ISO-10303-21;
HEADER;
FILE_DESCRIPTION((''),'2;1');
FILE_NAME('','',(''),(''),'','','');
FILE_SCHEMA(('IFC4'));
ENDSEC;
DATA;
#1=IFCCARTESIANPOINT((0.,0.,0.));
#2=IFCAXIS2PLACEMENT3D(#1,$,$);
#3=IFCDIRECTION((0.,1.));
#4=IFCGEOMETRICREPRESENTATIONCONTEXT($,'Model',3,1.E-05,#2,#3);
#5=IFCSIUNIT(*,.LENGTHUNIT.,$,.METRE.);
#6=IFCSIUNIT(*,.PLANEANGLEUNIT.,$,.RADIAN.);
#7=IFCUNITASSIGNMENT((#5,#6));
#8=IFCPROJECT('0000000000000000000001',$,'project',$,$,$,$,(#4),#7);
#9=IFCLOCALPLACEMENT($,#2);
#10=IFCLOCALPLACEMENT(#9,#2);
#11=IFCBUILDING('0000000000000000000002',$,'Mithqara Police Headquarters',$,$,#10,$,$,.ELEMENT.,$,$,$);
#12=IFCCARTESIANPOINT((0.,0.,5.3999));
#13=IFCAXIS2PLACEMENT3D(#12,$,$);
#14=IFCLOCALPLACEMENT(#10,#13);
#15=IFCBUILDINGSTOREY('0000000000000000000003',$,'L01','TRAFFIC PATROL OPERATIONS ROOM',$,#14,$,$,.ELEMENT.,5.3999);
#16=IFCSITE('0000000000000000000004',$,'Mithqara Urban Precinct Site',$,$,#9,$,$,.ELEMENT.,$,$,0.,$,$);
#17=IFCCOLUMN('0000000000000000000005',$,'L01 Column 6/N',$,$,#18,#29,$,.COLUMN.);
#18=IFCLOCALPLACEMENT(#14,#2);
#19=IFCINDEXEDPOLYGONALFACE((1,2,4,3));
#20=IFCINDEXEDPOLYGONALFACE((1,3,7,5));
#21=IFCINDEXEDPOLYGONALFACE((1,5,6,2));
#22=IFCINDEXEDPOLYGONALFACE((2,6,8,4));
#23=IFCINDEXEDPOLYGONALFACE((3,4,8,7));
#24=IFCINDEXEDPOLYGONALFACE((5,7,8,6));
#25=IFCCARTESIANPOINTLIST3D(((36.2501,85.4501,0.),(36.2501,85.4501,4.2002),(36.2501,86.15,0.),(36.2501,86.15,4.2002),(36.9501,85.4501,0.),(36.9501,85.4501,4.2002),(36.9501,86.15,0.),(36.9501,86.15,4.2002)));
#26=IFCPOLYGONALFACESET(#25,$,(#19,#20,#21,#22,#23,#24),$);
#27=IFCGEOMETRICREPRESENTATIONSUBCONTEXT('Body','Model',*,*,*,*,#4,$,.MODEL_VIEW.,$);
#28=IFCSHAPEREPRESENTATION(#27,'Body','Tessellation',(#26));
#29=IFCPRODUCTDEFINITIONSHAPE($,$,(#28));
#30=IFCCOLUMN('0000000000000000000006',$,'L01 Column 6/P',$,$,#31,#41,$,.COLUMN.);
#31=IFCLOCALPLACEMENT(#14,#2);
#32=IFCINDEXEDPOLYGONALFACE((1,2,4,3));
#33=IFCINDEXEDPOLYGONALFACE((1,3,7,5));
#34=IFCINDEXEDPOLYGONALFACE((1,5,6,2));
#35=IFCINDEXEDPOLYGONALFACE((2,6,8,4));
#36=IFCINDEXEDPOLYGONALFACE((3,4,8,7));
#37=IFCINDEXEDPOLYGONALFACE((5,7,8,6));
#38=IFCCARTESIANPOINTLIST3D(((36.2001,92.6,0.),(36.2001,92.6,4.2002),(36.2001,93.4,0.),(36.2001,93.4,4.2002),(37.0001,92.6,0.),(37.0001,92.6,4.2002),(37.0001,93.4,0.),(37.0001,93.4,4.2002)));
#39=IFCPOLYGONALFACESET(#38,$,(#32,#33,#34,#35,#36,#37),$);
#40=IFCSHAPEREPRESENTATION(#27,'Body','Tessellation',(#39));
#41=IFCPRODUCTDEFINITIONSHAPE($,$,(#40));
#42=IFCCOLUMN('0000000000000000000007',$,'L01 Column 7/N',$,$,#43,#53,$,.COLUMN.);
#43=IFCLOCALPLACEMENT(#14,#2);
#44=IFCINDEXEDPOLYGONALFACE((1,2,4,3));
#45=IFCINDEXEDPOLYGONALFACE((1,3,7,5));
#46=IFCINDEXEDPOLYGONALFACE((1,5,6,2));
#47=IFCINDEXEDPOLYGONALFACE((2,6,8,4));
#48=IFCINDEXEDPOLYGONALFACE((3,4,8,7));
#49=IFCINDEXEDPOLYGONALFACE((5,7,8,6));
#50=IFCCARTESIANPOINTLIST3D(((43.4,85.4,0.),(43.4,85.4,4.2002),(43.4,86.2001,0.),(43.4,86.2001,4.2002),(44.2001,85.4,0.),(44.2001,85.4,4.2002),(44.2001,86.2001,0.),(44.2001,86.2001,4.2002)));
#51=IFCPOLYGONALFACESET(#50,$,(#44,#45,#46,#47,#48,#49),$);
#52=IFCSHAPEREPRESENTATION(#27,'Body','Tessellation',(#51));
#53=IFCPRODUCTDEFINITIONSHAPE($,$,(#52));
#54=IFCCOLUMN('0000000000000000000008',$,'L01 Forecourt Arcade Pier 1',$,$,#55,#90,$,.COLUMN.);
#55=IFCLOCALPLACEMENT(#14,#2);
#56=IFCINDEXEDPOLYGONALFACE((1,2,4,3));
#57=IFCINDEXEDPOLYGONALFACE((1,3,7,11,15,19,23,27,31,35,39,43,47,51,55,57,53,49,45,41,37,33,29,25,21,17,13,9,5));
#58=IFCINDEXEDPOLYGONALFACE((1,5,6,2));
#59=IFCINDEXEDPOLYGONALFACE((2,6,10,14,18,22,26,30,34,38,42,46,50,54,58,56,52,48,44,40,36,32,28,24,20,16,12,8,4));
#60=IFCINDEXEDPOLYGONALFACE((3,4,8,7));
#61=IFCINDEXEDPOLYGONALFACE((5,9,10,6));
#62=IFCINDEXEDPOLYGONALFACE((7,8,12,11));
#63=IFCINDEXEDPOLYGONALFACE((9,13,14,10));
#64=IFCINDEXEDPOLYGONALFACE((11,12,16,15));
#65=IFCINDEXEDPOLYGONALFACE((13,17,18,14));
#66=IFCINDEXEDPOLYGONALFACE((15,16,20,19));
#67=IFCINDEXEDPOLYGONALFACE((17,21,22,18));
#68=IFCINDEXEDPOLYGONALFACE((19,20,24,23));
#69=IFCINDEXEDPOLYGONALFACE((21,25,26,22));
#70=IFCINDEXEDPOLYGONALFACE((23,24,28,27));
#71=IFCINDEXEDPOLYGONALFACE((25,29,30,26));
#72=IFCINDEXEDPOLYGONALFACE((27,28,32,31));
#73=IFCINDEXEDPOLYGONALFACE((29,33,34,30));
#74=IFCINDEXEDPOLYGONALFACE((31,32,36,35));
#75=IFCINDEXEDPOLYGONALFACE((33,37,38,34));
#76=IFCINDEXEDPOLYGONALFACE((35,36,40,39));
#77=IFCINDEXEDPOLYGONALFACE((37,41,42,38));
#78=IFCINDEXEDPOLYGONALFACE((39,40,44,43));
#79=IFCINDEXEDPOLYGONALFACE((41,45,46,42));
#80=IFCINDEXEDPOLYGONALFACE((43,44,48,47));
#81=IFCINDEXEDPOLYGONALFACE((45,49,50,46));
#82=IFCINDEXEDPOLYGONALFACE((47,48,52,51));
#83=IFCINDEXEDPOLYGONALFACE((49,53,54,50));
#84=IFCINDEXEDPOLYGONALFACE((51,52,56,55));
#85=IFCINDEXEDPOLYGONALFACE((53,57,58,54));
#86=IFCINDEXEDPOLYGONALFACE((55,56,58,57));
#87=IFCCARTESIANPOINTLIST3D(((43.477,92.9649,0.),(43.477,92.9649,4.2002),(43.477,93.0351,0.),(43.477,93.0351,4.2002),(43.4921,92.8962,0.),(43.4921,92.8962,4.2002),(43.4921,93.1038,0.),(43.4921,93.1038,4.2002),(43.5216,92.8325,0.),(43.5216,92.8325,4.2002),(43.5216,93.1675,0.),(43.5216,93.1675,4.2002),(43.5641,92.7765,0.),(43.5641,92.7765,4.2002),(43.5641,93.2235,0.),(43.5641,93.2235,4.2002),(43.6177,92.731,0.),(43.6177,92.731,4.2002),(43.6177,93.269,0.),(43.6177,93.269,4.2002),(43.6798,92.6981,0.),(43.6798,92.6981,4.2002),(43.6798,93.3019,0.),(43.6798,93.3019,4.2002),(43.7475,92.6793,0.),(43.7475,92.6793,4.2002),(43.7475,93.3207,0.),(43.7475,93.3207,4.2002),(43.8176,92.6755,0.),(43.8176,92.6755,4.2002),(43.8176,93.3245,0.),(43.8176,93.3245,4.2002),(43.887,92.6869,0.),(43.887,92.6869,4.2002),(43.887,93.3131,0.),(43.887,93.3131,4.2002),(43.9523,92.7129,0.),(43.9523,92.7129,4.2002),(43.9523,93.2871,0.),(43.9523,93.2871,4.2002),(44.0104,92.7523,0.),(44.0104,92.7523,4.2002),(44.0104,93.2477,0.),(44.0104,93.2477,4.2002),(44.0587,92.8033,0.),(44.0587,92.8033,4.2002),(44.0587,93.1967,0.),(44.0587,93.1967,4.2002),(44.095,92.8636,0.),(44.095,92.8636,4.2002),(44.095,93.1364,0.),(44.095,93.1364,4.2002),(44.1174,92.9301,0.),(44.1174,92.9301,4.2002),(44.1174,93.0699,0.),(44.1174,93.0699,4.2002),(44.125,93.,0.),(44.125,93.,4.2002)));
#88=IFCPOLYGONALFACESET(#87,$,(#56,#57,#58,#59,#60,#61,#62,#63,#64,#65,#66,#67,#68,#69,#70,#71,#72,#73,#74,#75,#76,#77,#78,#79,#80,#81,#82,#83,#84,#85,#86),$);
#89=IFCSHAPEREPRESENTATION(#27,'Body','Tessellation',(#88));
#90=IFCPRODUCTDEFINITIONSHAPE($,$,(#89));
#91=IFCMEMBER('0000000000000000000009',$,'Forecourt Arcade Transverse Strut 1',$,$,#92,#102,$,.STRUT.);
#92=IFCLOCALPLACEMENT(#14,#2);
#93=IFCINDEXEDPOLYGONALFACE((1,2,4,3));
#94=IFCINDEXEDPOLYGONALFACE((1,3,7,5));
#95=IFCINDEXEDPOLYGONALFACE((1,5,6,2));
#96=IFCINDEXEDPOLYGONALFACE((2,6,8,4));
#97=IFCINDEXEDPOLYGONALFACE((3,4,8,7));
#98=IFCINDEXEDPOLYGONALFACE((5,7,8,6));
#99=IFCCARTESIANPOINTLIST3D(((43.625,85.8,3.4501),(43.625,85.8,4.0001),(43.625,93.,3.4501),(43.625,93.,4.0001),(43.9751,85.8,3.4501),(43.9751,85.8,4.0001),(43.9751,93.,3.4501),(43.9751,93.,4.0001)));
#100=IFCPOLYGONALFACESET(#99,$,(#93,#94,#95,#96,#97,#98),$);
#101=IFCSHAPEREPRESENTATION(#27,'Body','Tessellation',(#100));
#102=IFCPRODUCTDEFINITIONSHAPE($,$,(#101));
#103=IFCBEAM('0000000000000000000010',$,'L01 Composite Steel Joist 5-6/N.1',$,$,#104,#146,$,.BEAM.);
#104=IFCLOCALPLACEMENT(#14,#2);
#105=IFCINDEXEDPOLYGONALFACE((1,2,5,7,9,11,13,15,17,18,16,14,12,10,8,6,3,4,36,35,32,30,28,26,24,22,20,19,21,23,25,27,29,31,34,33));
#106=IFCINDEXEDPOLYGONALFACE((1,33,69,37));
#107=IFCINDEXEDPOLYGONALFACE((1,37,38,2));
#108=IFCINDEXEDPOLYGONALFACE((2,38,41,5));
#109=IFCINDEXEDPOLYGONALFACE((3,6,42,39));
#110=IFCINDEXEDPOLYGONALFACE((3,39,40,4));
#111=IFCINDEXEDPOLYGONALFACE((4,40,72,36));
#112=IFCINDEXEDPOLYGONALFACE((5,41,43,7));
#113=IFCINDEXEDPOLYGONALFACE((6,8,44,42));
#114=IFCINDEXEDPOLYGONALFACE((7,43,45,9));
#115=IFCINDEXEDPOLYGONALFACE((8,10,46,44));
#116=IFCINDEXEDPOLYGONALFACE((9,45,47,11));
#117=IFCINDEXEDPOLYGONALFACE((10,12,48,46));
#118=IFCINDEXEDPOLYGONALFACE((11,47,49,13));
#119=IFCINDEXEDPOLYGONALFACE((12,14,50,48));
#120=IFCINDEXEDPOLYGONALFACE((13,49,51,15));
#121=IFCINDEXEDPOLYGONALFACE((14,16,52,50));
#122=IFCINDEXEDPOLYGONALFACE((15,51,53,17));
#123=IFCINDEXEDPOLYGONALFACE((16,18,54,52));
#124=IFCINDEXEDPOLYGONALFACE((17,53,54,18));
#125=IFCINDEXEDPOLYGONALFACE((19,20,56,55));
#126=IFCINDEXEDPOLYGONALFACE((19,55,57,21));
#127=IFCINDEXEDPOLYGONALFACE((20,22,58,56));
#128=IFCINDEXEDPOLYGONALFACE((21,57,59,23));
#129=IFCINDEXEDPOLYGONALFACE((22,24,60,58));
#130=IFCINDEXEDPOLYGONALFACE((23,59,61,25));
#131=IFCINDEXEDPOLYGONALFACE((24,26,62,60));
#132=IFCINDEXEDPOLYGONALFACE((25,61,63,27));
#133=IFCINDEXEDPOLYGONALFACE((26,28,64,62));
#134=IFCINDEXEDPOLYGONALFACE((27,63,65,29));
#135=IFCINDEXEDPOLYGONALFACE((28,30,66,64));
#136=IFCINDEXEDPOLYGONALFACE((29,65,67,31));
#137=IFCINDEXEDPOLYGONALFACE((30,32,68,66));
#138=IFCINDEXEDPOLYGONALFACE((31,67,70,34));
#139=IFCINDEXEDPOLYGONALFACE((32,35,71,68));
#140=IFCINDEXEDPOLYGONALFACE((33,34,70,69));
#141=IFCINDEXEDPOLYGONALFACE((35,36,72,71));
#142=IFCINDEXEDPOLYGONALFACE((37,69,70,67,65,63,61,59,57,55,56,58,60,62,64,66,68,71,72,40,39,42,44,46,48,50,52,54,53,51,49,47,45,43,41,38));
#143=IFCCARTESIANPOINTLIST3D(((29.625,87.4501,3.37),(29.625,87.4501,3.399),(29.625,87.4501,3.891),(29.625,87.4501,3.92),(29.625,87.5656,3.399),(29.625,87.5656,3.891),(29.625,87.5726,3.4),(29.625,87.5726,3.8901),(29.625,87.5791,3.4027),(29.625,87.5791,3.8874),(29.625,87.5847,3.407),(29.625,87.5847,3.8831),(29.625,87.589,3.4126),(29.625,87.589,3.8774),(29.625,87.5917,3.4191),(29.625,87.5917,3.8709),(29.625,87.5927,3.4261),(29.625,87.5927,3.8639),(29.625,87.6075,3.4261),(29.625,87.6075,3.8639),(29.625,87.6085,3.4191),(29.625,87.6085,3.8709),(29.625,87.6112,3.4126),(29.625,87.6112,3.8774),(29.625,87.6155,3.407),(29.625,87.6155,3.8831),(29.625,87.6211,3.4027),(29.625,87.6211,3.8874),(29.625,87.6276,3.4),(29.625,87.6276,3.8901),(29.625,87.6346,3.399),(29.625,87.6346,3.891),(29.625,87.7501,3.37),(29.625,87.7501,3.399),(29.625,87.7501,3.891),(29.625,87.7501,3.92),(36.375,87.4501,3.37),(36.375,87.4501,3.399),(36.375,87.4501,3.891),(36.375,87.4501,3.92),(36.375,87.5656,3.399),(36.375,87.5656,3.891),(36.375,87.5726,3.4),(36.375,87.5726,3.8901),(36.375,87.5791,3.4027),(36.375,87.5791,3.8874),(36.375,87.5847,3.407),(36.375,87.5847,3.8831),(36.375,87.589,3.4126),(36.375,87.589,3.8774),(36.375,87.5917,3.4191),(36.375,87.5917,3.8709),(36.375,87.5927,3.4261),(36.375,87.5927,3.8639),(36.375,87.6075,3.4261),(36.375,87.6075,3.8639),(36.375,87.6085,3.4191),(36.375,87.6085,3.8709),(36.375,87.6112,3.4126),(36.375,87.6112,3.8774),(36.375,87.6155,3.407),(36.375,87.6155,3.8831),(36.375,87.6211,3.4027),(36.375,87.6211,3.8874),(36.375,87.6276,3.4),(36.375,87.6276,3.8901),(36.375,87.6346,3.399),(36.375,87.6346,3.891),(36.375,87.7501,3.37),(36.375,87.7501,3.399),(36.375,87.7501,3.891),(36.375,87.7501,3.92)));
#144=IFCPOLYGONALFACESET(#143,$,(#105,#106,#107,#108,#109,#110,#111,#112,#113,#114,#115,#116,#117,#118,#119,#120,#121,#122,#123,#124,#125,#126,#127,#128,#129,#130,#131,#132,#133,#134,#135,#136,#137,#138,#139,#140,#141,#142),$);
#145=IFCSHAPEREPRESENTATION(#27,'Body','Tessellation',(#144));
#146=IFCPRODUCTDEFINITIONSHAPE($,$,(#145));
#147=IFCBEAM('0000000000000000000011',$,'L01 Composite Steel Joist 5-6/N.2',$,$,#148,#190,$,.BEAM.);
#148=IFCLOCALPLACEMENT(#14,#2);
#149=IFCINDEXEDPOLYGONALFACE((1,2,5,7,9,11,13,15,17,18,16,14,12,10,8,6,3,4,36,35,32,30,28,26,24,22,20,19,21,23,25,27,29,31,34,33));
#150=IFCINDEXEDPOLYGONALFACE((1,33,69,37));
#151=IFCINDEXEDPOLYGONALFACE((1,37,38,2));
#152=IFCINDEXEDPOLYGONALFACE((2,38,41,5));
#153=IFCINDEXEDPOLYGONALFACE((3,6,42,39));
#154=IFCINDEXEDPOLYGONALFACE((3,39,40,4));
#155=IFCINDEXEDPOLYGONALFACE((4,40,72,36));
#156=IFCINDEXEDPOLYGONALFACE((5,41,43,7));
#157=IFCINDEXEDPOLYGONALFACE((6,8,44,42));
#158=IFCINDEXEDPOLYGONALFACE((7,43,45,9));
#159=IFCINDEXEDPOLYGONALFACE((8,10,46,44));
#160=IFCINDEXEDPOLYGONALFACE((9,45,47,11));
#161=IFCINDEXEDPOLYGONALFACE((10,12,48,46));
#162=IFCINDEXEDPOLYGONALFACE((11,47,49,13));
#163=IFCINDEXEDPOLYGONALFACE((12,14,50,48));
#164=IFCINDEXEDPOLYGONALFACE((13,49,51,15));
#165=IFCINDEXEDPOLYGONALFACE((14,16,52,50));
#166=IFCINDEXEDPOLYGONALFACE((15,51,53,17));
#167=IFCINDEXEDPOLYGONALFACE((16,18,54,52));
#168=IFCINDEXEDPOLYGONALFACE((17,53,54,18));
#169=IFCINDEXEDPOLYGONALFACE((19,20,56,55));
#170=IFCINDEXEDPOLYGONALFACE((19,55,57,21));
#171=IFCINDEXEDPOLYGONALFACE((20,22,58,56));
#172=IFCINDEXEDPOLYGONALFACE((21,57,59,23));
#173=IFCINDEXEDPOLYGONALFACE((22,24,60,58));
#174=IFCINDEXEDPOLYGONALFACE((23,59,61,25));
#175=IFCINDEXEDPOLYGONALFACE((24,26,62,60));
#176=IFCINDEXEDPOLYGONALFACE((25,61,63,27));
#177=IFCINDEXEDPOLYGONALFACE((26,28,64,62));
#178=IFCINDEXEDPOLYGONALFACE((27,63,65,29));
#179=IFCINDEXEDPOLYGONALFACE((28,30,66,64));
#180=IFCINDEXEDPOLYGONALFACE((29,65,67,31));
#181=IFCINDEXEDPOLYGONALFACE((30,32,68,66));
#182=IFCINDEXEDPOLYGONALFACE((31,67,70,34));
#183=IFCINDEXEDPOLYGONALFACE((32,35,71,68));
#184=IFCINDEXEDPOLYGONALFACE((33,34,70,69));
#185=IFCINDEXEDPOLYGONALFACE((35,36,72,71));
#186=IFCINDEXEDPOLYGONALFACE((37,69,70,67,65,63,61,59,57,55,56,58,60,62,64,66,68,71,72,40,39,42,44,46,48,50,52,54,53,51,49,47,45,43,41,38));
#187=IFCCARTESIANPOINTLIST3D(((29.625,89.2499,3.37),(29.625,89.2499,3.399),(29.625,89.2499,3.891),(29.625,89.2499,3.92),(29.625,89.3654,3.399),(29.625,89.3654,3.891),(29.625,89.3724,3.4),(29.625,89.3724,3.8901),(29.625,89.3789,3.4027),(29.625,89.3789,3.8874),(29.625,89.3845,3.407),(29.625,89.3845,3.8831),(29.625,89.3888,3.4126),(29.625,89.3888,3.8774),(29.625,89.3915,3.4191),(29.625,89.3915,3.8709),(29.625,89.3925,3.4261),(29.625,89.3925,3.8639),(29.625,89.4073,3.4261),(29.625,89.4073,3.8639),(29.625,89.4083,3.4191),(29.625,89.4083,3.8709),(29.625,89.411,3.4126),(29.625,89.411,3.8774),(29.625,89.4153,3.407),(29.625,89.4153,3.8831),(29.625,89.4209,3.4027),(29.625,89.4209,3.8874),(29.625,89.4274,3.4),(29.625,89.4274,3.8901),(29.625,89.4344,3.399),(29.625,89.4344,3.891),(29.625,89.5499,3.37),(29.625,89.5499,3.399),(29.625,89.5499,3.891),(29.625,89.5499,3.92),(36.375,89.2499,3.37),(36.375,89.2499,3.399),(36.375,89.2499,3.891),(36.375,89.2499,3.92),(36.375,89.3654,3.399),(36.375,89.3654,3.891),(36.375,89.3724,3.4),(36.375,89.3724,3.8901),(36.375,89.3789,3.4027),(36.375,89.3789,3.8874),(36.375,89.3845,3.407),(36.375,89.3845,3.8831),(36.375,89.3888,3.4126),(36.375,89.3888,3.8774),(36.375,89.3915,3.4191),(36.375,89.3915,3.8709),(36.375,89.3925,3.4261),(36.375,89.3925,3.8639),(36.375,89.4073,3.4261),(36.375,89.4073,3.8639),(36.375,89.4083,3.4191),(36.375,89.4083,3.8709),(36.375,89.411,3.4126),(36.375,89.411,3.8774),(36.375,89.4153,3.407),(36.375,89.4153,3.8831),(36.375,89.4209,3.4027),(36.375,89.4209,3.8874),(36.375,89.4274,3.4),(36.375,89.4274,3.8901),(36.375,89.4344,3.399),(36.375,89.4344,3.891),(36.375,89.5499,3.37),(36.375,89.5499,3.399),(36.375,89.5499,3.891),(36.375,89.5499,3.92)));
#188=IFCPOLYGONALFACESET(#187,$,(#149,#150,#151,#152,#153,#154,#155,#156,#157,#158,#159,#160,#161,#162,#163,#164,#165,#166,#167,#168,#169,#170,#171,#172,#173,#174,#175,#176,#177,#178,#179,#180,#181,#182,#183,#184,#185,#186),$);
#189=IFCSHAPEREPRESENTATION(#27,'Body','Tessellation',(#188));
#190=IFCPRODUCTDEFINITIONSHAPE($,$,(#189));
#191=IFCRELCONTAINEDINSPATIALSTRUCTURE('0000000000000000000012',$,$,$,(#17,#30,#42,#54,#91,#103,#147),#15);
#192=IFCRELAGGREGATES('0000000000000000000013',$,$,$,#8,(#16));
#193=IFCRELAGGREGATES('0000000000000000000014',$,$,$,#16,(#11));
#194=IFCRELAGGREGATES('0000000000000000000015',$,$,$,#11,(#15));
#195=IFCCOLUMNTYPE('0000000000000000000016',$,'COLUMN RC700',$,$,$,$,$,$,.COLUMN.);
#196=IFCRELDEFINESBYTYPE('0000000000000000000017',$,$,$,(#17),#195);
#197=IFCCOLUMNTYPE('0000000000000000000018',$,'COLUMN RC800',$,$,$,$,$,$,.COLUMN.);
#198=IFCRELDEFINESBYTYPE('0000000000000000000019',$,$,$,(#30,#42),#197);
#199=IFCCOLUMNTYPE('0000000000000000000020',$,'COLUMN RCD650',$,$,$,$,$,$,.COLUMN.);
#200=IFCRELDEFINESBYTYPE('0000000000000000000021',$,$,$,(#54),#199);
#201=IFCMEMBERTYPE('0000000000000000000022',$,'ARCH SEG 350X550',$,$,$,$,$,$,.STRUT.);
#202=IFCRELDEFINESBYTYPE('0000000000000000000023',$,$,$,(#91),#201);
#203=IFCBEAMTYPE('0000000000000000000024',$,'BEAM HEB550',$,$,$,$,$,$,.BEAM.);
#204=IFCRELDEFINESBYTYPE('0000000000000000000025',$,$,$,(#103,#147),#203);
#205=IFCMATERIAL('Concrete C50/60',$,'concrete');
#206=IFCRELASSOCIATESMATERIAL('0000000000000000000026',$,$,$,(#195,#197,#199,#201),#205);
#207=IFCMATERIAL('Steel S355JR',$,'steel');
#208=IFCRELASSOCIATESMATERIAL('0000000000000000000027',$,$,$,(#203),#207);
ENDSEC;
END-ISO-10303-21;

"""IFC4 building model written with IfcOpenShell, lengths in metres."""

from ifc_helpers import new_model, si_unit, direction, frame, origin, origin_2d, place, context, subcontext, project, spatial, rectangle, circle, i_section, extrude, material, material_profile, profile_set, type_object, element, save


model = new_model("IFC4")

# Units and contexts
model_context = context("Model", 3, precision=1e-05, world=origin(), true_north=direction((0.0, 1.0)))
body_context = subcontext(model_context, "Body", "Model", "MODEL_VIEW")
ifc_project = project(units=[si_unit("LENGTHUNIT", "METRE"), si_unit("PLANEANGLEUNIT", "RADIAN")], contexts=[model_context])

# Site, building, storey
site_placement = place(None, origin())
site = spatial("IfcSite", under=ifc_project, at=site_placement, Name="Mithqara Urban Precinct Site", CompositionType="ELEMENT", RefElevation=0.0)
building_placement = place(site_placement, origin())
building = spatial("IfcBuilding", under=site, at=building_placement, Name="Mithqara Police Headquarters", CompositionType="ELEMENT")
storey_placement = place(building_placement, frame((0.0, 0.0, 5.3999)))
storey = spatial("IfcBuildingStorey", under=building, at=storey_placement, Name="L01", Description="TRAFFIC PATROL OPERATIONS ROOM", CompositionType="ELEMENT", Elevation=5.3999)

# Columns
ifc_material_1 = material(Name="Concrete C50/60", Category="concrete")
ifc_material_profile_1 = material_profile(ifc_material_1, rectangle(XDim=0.7, YDim=0.7, at=origin_2d()), Name="RC 700x700")
ifc_profile_set_1 = profile_set([ifc_material_profile_1], Name="Concrete C50/60")
column_type_1 = type_object("IfcColumnType", Name="COLUMN RC700", PredefinedType="COLUMN", material=ifc_profile_set_1)
column_1_placement = place(storey_placement, frame((36.6001, 85.8, 0.0), z_axis=(0.0, 0.0, 1.0), x_axis=(1.0, 0.0, 0.0)))
element("IfcColumn", 1, at=column_1_placement, inside=storey, type_object=column_type_1, Name="L01 Column 6/N", PredefinedType="COLUMN", context=body_context, shape_type="SweptSolid", body=[
    extrude(rectangle(XDim=0.7, YDim=0.7, at=origin_2d()), origin(), (0.0, 0.0, 1.0), 4.2002),
])
ifc_material_profile_2 = material_profile(ifc_material_1, rectangle(XDim=0.8, YDim=0.8, at=origin_2d()), Name="RC 800x800")
ifc_profile_set_2 = profile_set([ifc_material_profile_2], Name="Concrete C50/60")
column_type_2 = type_object("IfcColumnType", Name="COLUMN RC800", PredefinedType="COLUMN", material=ifc_profile_set_2)
for number, where, z_axis, x_axis, name in (
    (2, (36.6001, 93.0, 0.0), (0.0, 0.0, 1.0), (1.0, 0.0, 0.0), "L01 Column 6/P"),
    (3, (43.8, 85.8, 0.0), (0.0, 0.0, 1.0), (1.0, 0.0, 0.0), "L01 Column 7/N"),
):
    element("IfcColumn", number, at=place(storey_placement, frame(where, z_axis=z_axis, x_axis=x_axis)), inside=storey, type_object=column_type_2, Name=name, PredefinedType="COLUMN", context=body_context, shape_type="SweptSolid", body=[
        extrude(rectangle(XDim=0.8, YDim=0.8, at=origin_2d()), origin(), (0.0, 0.0, 1.0), 4.2002),
    ])
ifc_material_profile_3 = material_profile(ifc_material_1, circle(Radius=0.325, at=origin_2d()), Name="RCD 650")
ifc_profile_set_3 = profile_set([ifc_material_profile_3], Name="Concrete C50/60")
column_type_3 = type_object("IfcColumnType", Name="COLUMN RCD650", PredefinedType="COLUMN", material=ifc_profile_set_3)
column_2_placement = place(storey_placement, frame((43.8, 93.0, 0.0), z_axis=(0.0, 0.0, 1.0), x_axis=(1.0, 0.0, 0.0)))
element("IfcColumn", 4, at=column_2_placement, inside=storey, type_object=column_type_3, Name="L01 Forecourt Arcade Pier 1", PredefinedType="COLUMN", context=body_context, shape_type="SweptSolid", body=[
    extrude(circle(Radius=0.325, at=origin_2d()), origin(), (0.0, 0.0, 1.0), 4.2002),
])

# Member
ifc_material_profile_4 = material_profile(ifc_material_1, rectangle(XDim=0.3501, YDim=0.55, at=origin_2d()), Name="ARC 350x550")
ifc_profile_set_4 = profile_set([ifc_material_profile_4], Name="Concrete C50/60")
member_type_1 = type_object("IfcMemberType", Name="ARCH SEG 350X550", PredefinedType="STRUT", material=ifc_profile_set_4)
member_1_placement = place(storey_placement, frame((43.8, 85.8, 3.7251), z_axis=(0.0, 1.0, 0.0), x_axis=(-1.0, 0.0, 0.0)))
element("IfcMember", 5, at=member_1_placement, inside=storey, type_object=member_type_1, Name="Forecourt Arcade Transverse Strut 1", PredefinedType="STRUT", context=body_context, shape_type="SweptSolid", body=[
    extrude(rectangle(XDim=0.3501, YDim=0.55, at=origin_2d()), origin(), (0.0, 0.0, 1.0), 7.2),
])

# Beams
ifc_material_2 = material(Name="Steel S355JR", Category="steel")
ifc_material_profile_5 = material_profile(ifc_material_2, i_section(OverallWidth=0.3, OverallDepth=0.55, WebThickness=0.0149, FlangeThickness=0.0291, FilletRadius=0.0271, at=origin_2d()), Name="HEB 550")
ifc_profile_set_5 = profile_set([ifc_material_profile_5], Name="Steel S355JR")
beam_type_1 = type_object("IfcBeamType", Name="BEAM HEB550", PredefinedType="BEAM", material=ifc_profile_set_5)
for number, where, z_axis, x_axis, name in (
    (6, (29.625, 87.6001, 3.645), (1.0, 0.0, 0.0), (0.0, 1.0, 0.0), "L01 Composite Steel Joist 5-6/N.1"),
    (7, (29.625, 89.3999, 3.645), (1.0, 0.0, 0.0), (0.0, 1.0, 0.0), "L01 Composite Steel Joist 5-6/N.2"),
):
    element("IfcBeam", number, at=place(storey_placement, frame(where, z_axis=z_axis, x_axis=x_axis)), inside=storey, type_object=beam_type_1, Name=name, PredefinedType="BEAM", context=body_context, shape_type="SweptSolid", body=[
        extrude(i_section(OverallWidth=0.3, OverallDepth=0.55, WebThickness=0.0149, FlangeThickness=0.0291, FilletRadius=0.0271, at=origin_2d()), origin(), (0.0, 0.0, 1.0), 6.75),
    ])

save(model, "model.ifc")
